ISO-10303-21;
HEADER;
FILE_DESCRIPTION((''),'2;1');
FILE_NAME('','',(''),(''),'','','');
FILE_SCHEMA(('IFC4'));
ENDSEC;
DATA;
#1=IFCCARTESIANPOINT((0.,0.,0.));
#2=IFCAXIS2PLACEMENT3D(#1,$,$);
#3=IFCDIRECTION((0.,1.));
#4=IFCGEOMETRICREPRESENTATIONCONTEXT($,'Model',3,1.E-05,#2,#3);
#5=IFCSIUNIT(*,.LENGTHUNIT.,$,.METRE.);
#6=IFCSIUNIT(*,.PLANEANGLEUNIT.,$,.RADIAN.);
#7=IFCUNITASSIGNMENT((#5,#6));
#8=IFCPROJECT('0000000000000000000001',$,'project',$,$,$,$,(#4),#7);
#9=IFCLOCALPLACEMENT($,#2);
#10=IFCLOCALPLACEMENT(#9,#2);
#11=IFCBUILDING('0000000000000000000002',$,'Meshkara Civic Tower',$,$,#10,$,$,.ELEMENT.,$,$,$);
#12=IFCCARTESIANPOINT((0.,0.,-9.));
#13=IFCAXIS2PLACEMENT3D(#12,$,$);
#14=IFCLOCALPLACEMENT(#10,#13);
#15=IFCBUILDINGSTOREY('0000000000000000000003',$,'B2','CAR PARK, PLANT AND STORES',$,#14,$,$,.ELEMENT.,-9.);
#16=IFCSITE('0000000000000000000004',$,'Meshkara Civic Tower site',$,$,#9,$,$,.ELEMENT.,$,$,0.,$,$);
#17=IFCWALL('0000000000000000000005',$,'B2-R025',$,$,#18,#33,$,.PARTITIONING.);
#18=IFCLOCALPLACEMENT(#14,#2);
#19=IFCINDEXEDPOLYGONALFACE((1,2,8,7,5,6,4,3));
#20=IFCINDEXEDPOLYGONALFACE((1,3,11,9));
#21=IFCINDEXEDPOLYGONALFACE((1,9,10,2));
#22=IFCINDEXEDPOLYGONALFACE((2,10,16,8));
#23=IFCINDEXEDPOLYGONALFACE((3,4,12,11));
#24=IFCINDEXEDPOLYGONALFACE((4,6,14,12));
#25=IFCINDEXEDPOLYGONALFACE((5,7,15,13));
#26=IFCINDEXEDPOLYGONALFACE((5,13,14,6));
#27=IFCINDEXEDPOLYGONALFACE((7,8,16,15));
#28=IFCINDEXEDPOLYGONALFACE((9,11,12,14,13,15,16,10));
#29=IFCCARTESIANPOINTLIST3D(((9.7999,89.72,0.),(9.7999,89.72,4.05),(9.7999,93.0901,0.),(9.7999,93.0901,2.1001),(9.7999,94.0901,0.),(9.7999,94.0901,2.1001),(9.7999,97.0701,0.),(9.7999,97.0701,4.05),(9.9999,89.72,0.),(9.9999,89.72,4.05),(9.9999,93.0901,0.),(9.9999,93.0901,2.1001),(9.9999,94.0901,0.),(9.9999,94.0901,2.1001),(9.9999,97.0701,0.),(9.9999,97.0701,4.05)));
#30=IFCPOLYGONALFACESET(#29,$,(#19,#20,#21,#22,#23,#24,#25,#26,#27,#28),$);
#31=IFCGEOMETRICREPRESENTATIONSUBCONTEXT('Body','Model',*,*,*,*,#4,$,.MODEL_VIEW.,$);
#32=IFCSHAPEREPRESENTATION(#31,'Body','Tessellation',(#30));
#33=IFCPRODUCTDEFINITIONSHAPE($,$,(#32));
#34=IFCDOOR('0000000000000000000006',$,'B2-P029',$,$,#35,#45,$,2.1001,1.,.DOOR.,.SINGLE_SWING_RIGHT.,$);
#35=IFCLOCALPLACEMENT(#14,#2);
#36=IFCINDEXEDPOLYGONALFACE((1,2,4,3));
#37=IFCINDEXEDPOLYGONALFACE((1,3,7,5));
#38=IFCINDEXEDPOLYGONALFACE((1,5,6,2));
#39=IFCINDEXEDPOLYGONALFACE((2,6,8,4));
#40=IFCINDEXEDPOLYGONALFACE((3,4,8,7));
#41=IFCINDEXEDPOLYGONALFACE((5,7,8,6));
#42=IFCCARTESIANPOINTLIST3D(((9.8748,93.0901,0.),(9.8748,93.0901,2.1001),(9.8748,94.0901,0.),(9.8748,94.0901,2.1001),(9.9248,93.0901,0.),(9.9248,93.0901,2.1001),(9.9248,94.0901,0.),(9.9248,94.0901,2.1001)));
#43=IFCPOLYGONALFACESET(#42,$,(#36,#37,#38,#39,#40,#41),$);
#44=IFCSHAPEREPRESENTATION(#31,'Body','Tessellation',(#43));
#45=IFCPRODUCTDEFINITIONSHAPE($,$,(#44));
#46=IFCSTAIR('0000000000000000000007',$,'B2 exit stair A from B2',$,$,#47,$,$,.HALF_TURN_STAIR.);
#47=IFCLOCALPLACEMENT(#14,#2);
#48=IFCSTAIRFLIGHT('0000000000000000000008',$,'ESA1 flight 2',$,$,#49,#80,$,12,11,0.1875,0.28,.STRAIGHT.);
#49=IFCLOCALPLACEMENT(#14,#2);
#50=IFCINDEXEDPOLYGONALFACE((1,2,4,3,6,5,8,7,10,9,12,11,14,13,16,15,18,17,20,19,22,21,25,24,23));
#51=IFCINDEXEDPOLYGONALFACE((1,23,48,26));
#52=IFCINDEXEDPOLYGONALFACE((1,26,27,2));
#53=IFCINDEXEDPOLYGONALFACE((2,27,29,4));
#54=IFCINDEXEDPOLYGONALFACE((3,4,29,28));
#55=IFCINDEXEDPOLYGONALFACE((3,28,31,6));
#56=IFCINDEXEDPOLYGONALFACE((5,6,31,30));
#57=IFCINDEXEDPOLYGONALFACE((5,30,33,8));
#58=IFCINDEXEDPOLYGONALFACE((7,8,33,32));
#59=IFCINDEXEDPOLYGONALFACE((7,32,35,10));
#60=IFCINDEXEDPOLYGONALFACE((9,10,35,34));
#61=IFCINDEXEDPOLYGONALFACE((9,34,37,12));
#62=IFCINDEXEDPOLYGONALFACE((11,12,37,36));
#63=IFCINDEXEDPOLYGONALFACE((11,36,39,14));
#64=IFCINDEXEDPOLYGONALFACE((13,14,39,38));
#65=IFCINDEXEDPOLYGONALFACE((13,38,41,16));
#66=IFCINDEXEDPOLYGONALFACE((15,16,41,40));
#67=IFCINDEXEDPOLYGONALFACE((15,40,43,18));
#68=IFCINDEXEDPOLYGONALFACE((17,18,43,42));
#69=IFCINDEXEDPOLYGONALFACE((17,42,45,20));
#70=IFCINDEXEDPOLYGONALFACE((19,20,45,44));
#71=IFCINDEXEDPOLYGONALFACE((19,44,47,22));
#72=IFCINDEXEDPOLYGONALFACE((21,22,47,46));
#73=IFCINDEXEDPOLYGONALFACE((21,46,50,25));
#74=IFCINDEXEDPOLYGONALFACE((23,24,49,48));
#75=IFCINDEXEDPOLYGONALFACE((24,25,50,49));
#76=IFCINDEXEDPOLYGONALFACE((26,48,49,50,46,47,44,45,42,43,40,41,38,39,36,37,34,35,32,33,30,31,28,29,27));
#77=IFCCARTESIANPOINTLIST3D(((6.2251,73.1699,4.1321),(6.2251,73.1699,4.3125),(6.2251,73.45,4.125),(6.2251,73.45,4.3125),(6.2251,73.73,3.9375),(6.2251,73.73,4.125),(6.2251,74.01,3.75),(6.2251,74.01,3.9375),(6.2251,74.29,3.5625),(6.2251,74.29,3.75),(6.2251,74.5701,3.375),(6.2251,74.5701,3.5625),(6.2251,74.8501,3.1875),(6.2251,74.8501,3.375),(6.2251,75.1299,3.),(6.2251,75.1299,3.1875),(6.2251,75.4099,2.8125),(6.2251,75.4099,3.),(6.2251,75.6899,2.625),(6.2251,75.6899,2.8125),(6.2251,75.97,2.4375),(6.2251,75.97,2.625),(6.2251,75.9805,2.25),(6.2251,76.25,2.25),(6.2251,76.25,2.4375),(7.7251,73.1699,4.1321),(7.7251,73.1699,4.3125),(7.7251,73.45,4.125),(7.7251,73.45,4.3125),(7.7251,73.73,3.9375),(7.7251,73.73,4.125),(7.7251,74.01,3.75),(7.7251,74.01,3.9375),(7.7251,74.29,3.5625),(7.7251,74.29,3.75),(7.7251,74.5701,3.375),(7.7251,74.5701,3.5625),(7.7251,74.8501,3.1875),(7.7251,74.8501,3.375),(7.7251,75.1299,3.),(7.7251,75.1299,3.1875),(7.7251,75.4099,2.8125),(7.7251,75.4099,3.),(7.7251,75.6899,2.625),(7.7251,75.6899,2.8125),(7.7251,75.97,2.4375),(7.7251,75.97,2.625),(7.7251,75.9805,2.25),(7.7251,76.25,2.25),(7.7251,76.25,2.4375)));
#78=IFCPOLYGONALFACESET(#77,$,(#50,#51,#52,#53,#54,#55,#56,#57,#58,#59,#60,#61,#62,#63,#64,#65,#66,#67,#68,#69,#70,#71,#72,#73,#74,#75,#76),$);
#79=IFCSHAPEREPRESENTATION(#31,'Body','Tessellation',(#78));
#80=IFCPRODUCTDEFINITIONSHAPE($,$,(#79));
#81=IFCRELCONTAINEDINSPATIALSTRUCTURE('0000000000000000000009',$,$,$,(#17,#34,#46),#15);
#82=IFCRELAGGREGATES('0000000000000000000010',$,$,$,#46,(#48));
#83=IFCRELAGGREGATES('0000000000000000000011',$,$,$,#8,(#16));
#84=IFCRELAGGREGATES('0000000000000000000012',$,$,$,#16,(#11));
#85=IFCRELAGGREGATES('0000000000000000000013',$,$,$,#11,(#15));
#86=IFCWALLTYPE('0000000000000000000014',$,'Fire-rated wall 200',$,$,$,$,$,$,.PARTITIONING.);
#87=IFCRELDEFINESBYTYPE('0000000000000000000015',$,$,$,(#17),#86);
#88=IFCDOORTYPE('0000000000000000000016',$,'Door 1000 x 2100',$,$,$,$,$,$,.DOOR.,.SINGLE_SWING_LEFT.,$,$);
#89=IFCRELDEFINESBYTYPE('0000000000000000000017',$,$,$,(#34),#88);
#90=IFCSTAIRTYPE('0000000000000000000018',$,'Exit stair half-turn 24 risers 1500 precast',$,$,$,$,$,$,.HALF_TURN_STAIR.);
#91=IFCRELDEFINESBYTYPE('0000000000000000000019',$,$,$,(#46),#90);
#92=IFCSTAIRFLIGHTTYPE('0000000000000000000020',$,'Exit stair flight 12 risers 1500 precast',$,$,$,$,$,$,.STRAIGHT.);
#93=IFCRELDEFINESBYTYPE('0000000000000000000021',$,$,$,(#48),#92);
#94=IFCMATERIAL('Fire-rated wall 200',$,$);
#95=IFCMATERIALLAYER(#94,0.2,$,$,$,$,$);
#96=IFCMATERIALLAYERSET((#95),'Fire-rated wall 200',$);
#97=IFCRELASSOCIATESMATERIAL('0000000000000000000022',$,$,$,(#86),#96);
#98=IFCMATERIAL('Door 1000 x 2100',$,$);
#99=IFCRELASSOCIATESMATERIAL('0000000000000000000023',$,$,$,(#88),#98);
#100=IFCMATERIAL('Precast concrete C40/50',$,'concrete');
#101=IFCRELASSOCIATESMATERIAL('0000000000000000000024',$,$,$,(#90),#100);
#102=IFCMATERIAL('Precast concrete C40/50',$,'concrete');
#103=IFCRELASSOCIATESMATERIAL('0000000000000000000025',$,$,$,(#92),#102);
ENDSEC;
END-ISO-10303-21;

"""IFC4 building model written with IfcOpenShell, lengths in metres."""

from ifc_helpers import new_model, si_unit, direction, frame, frame_2d, origin, place, context, subcontext, project, spatial, polyline, rectangle, outline, extrude, material, layer, layer_set, type_object, element, fill, aggregate, save


model = new_model("IFC4")

# Units and contexts
model_context = context("Model", 3, precision=1e-05, world=origin(), true_north=direction((0.0, 1.0)))
body_context = subcontext(model_context, "Body", "Model", "MODEL_VIEW")
ifc_project = project(units=[si_unit("LENGTHUNIT", "METRE"), si_unit("PLANEANGLEUNIT", "RADIAN")], contexts=[model_context])

# Site, building, storey
site_placement = place(None, origin())
site = spatial("IfcSite", under=ifc_project, at=site_placement, Name="Meshkara Civic Tower site", CompositionType="ELEMENT", RefElevation=0.0)
building_placement = place(site_placement, origin())
building = spatial("IfcBuilding", under=site, at=building_placement, Name="Meshkara Civic Tower", CompositionType="ELEMENT")
storey_placement = place(building_placement, frame((0.0, 0.0, -9.0)))
storey = spatial("IfcBuildingStorey", under=building, at=storey_placement, Name="B2", Description="CAR PARK, PLANT AND STORES", CompositionType="ELEMENT", Elevation=-9.0)

# Shared definitions
ifc_material_1 = material(Name="Fire-rated wall 200")
ifc_layer_1 = layer(ifc_material_1, 0.2)
ifc_layer_set_1 = layer_set([ifc_layer_1], Name="Fire-rated wall 200")
wall_type_1 = type_object("IfcWallType", Name="Fire-rated wall 200", PredefinedType="PARTITIONING", material=ifc_layer_set_1)

# Wall, opening, door
wall_1_placement = place(storey_placement, frame((9.8999, 97.0701, 0.0), z_axis=(0.0, 0.0, 1.0), x_axis=(0.0, -1.0, 0.0)))
wall_1 = element("IfcWall", 1, at=wall_1_placement, inside=storey, type_object=wall_type_1, Name="B2-R025", PredefinedType="PARTITIONING", context=body_context, shape_type="SweptSolid", body=[
    extrude(rectangle(XDim=7.3501, YDim=0.2, at=frame_2d((3.675, 0.0))), origin(), (0.0, 0.0, 1.0), 4.05),
])
opening_placement = place(wall_1_placement, frame((2.98, 0.0, 0.0)))
opening = element("IfcOpeningElement", 2, at=opening_placement, cuts=wall_1, PredefinedType="OPENING", context=body_context, shape_type="SweptSolid", body=[
    extrude(rectangle(XDim=1.0, YDim=2.1001, at=frame_2d((0.5, 1.05))), frame((0.0, 0.1099, 0.0), z_axis=(0.0, -1.0, 0.0), x_axis=(1.0, 0.0, 0.0)), (0.0, 0.0, 1.0), 0.22),
])
ifc_material_2 = material(Name="Door 1000 x 2100")
door_type = type_object("IfcDoorType", Name="Door 1000 x 2100", OperationType="SINGLE_SWING_LEFT", PredefinedType="DOOR", material=ifc_material_2)
door_placement = place(opening_placement, origin())
door = element("IfcDoor", 3, at=door_placement, inside=storey, type_object=door_type, Name="B2-P029", OperationType="SINGLE_SWING_RIGHT", OverallHeight=2.1001, OverallWidth=1.0, PredefinedType="DOOR", context=body_context, shape_type="SweptSolid", body=[
    extrude(rectangle(XDim=1.0, YDim=2.1001, at=frame_2d((0.5, 1.05))), frame((0.0, 0.0249, 0.0), z_axis=(0.0, -1.0, 0.0), x_axis=(1.0, 0.0, 0.0)), (0.0, 0.0, 1.0), 0.05),
])
fill(opening, door)

# Stair, stair flight
ifc_material_3 = material(Name="Precast concrete C40/50", Category="concrete")
stair_type = type_object("IfcStairType", Name="Exit stair half-turn 24 risers 1500 precast", PredefinedType="HALF_TURN_STAIR", material=ifc_material_3)
stair_placement = place(storey_placement, origin())
stair = element("IfcStair", 4, at=stair_placement, inside=storey, type_object=stair_type, Name="B2 exit stair A from B2", PredefinedType="HALF_TURN_STAIR")
ifc_material_4 = material(Name="Precast concrete C40/50", Category="concrete")
stair_flight_type = type_object("IfcStairFlightType", Name="Exit stair flight 12 risers 1500 precast", PredefinedType="STRAIGHT", material=ifc_material_4)
stair_flight_placement = place(storey_placement, frame((6.9751, 76.25, 2.25), z_axis=(0.0, 0.0, 1.0), x_axis=(0.0, -1.0, 0.0)))
stair_flight = element("IfcStairFlight", 5, at=stair_flight_placement, type_object=stair_flight_type, Name="ESA1 flight 2", NumberOfRisers=12, NumberOfTreads=11, PredefinedType="STRAIGHT", RiserHeight=0.1875, TreadLength=0.28, context=body_context, shape_type="SweptSolid", body=[
    extrude(outline(polyline([(0.0, 0.0), (0.0, 0.1875), (0.28, 0.1875), (0.28, 0.375), (0.5601, 0.375), (0.5601, 0.5625), (0.8401, 0.5625), (0.8401, 0.75), (1.1201, 0.75), (1.1201, 0.9375), (1.3999, 0.9375), (1.3999, 1.125), (1.6799, 1.125), (1.6799, 1.3125), (1.96, 1.3125), (1.96, 1.5), (2.24, 1.5), (2.24, 1.6875), (2.52, 1.6875), (2.52, 1.875), (2.8, 1.875), (2.8, 2.0625), (3.0801, 2.0625), (3.0801, 2.25), (3.0801, 1.8821), (0.2695, 0.0), (0.0, 0.0)])), frame((0.0, 0.75, 0.0), z_axis=(0.0, -1.0, 0.0), x_axis=(1.0, 0.0, 0.0)), (0.0, 0.0, 1.0), 1.5),
])
aggregate(stair, [stair_flight])

save(model, "model.ifc")
